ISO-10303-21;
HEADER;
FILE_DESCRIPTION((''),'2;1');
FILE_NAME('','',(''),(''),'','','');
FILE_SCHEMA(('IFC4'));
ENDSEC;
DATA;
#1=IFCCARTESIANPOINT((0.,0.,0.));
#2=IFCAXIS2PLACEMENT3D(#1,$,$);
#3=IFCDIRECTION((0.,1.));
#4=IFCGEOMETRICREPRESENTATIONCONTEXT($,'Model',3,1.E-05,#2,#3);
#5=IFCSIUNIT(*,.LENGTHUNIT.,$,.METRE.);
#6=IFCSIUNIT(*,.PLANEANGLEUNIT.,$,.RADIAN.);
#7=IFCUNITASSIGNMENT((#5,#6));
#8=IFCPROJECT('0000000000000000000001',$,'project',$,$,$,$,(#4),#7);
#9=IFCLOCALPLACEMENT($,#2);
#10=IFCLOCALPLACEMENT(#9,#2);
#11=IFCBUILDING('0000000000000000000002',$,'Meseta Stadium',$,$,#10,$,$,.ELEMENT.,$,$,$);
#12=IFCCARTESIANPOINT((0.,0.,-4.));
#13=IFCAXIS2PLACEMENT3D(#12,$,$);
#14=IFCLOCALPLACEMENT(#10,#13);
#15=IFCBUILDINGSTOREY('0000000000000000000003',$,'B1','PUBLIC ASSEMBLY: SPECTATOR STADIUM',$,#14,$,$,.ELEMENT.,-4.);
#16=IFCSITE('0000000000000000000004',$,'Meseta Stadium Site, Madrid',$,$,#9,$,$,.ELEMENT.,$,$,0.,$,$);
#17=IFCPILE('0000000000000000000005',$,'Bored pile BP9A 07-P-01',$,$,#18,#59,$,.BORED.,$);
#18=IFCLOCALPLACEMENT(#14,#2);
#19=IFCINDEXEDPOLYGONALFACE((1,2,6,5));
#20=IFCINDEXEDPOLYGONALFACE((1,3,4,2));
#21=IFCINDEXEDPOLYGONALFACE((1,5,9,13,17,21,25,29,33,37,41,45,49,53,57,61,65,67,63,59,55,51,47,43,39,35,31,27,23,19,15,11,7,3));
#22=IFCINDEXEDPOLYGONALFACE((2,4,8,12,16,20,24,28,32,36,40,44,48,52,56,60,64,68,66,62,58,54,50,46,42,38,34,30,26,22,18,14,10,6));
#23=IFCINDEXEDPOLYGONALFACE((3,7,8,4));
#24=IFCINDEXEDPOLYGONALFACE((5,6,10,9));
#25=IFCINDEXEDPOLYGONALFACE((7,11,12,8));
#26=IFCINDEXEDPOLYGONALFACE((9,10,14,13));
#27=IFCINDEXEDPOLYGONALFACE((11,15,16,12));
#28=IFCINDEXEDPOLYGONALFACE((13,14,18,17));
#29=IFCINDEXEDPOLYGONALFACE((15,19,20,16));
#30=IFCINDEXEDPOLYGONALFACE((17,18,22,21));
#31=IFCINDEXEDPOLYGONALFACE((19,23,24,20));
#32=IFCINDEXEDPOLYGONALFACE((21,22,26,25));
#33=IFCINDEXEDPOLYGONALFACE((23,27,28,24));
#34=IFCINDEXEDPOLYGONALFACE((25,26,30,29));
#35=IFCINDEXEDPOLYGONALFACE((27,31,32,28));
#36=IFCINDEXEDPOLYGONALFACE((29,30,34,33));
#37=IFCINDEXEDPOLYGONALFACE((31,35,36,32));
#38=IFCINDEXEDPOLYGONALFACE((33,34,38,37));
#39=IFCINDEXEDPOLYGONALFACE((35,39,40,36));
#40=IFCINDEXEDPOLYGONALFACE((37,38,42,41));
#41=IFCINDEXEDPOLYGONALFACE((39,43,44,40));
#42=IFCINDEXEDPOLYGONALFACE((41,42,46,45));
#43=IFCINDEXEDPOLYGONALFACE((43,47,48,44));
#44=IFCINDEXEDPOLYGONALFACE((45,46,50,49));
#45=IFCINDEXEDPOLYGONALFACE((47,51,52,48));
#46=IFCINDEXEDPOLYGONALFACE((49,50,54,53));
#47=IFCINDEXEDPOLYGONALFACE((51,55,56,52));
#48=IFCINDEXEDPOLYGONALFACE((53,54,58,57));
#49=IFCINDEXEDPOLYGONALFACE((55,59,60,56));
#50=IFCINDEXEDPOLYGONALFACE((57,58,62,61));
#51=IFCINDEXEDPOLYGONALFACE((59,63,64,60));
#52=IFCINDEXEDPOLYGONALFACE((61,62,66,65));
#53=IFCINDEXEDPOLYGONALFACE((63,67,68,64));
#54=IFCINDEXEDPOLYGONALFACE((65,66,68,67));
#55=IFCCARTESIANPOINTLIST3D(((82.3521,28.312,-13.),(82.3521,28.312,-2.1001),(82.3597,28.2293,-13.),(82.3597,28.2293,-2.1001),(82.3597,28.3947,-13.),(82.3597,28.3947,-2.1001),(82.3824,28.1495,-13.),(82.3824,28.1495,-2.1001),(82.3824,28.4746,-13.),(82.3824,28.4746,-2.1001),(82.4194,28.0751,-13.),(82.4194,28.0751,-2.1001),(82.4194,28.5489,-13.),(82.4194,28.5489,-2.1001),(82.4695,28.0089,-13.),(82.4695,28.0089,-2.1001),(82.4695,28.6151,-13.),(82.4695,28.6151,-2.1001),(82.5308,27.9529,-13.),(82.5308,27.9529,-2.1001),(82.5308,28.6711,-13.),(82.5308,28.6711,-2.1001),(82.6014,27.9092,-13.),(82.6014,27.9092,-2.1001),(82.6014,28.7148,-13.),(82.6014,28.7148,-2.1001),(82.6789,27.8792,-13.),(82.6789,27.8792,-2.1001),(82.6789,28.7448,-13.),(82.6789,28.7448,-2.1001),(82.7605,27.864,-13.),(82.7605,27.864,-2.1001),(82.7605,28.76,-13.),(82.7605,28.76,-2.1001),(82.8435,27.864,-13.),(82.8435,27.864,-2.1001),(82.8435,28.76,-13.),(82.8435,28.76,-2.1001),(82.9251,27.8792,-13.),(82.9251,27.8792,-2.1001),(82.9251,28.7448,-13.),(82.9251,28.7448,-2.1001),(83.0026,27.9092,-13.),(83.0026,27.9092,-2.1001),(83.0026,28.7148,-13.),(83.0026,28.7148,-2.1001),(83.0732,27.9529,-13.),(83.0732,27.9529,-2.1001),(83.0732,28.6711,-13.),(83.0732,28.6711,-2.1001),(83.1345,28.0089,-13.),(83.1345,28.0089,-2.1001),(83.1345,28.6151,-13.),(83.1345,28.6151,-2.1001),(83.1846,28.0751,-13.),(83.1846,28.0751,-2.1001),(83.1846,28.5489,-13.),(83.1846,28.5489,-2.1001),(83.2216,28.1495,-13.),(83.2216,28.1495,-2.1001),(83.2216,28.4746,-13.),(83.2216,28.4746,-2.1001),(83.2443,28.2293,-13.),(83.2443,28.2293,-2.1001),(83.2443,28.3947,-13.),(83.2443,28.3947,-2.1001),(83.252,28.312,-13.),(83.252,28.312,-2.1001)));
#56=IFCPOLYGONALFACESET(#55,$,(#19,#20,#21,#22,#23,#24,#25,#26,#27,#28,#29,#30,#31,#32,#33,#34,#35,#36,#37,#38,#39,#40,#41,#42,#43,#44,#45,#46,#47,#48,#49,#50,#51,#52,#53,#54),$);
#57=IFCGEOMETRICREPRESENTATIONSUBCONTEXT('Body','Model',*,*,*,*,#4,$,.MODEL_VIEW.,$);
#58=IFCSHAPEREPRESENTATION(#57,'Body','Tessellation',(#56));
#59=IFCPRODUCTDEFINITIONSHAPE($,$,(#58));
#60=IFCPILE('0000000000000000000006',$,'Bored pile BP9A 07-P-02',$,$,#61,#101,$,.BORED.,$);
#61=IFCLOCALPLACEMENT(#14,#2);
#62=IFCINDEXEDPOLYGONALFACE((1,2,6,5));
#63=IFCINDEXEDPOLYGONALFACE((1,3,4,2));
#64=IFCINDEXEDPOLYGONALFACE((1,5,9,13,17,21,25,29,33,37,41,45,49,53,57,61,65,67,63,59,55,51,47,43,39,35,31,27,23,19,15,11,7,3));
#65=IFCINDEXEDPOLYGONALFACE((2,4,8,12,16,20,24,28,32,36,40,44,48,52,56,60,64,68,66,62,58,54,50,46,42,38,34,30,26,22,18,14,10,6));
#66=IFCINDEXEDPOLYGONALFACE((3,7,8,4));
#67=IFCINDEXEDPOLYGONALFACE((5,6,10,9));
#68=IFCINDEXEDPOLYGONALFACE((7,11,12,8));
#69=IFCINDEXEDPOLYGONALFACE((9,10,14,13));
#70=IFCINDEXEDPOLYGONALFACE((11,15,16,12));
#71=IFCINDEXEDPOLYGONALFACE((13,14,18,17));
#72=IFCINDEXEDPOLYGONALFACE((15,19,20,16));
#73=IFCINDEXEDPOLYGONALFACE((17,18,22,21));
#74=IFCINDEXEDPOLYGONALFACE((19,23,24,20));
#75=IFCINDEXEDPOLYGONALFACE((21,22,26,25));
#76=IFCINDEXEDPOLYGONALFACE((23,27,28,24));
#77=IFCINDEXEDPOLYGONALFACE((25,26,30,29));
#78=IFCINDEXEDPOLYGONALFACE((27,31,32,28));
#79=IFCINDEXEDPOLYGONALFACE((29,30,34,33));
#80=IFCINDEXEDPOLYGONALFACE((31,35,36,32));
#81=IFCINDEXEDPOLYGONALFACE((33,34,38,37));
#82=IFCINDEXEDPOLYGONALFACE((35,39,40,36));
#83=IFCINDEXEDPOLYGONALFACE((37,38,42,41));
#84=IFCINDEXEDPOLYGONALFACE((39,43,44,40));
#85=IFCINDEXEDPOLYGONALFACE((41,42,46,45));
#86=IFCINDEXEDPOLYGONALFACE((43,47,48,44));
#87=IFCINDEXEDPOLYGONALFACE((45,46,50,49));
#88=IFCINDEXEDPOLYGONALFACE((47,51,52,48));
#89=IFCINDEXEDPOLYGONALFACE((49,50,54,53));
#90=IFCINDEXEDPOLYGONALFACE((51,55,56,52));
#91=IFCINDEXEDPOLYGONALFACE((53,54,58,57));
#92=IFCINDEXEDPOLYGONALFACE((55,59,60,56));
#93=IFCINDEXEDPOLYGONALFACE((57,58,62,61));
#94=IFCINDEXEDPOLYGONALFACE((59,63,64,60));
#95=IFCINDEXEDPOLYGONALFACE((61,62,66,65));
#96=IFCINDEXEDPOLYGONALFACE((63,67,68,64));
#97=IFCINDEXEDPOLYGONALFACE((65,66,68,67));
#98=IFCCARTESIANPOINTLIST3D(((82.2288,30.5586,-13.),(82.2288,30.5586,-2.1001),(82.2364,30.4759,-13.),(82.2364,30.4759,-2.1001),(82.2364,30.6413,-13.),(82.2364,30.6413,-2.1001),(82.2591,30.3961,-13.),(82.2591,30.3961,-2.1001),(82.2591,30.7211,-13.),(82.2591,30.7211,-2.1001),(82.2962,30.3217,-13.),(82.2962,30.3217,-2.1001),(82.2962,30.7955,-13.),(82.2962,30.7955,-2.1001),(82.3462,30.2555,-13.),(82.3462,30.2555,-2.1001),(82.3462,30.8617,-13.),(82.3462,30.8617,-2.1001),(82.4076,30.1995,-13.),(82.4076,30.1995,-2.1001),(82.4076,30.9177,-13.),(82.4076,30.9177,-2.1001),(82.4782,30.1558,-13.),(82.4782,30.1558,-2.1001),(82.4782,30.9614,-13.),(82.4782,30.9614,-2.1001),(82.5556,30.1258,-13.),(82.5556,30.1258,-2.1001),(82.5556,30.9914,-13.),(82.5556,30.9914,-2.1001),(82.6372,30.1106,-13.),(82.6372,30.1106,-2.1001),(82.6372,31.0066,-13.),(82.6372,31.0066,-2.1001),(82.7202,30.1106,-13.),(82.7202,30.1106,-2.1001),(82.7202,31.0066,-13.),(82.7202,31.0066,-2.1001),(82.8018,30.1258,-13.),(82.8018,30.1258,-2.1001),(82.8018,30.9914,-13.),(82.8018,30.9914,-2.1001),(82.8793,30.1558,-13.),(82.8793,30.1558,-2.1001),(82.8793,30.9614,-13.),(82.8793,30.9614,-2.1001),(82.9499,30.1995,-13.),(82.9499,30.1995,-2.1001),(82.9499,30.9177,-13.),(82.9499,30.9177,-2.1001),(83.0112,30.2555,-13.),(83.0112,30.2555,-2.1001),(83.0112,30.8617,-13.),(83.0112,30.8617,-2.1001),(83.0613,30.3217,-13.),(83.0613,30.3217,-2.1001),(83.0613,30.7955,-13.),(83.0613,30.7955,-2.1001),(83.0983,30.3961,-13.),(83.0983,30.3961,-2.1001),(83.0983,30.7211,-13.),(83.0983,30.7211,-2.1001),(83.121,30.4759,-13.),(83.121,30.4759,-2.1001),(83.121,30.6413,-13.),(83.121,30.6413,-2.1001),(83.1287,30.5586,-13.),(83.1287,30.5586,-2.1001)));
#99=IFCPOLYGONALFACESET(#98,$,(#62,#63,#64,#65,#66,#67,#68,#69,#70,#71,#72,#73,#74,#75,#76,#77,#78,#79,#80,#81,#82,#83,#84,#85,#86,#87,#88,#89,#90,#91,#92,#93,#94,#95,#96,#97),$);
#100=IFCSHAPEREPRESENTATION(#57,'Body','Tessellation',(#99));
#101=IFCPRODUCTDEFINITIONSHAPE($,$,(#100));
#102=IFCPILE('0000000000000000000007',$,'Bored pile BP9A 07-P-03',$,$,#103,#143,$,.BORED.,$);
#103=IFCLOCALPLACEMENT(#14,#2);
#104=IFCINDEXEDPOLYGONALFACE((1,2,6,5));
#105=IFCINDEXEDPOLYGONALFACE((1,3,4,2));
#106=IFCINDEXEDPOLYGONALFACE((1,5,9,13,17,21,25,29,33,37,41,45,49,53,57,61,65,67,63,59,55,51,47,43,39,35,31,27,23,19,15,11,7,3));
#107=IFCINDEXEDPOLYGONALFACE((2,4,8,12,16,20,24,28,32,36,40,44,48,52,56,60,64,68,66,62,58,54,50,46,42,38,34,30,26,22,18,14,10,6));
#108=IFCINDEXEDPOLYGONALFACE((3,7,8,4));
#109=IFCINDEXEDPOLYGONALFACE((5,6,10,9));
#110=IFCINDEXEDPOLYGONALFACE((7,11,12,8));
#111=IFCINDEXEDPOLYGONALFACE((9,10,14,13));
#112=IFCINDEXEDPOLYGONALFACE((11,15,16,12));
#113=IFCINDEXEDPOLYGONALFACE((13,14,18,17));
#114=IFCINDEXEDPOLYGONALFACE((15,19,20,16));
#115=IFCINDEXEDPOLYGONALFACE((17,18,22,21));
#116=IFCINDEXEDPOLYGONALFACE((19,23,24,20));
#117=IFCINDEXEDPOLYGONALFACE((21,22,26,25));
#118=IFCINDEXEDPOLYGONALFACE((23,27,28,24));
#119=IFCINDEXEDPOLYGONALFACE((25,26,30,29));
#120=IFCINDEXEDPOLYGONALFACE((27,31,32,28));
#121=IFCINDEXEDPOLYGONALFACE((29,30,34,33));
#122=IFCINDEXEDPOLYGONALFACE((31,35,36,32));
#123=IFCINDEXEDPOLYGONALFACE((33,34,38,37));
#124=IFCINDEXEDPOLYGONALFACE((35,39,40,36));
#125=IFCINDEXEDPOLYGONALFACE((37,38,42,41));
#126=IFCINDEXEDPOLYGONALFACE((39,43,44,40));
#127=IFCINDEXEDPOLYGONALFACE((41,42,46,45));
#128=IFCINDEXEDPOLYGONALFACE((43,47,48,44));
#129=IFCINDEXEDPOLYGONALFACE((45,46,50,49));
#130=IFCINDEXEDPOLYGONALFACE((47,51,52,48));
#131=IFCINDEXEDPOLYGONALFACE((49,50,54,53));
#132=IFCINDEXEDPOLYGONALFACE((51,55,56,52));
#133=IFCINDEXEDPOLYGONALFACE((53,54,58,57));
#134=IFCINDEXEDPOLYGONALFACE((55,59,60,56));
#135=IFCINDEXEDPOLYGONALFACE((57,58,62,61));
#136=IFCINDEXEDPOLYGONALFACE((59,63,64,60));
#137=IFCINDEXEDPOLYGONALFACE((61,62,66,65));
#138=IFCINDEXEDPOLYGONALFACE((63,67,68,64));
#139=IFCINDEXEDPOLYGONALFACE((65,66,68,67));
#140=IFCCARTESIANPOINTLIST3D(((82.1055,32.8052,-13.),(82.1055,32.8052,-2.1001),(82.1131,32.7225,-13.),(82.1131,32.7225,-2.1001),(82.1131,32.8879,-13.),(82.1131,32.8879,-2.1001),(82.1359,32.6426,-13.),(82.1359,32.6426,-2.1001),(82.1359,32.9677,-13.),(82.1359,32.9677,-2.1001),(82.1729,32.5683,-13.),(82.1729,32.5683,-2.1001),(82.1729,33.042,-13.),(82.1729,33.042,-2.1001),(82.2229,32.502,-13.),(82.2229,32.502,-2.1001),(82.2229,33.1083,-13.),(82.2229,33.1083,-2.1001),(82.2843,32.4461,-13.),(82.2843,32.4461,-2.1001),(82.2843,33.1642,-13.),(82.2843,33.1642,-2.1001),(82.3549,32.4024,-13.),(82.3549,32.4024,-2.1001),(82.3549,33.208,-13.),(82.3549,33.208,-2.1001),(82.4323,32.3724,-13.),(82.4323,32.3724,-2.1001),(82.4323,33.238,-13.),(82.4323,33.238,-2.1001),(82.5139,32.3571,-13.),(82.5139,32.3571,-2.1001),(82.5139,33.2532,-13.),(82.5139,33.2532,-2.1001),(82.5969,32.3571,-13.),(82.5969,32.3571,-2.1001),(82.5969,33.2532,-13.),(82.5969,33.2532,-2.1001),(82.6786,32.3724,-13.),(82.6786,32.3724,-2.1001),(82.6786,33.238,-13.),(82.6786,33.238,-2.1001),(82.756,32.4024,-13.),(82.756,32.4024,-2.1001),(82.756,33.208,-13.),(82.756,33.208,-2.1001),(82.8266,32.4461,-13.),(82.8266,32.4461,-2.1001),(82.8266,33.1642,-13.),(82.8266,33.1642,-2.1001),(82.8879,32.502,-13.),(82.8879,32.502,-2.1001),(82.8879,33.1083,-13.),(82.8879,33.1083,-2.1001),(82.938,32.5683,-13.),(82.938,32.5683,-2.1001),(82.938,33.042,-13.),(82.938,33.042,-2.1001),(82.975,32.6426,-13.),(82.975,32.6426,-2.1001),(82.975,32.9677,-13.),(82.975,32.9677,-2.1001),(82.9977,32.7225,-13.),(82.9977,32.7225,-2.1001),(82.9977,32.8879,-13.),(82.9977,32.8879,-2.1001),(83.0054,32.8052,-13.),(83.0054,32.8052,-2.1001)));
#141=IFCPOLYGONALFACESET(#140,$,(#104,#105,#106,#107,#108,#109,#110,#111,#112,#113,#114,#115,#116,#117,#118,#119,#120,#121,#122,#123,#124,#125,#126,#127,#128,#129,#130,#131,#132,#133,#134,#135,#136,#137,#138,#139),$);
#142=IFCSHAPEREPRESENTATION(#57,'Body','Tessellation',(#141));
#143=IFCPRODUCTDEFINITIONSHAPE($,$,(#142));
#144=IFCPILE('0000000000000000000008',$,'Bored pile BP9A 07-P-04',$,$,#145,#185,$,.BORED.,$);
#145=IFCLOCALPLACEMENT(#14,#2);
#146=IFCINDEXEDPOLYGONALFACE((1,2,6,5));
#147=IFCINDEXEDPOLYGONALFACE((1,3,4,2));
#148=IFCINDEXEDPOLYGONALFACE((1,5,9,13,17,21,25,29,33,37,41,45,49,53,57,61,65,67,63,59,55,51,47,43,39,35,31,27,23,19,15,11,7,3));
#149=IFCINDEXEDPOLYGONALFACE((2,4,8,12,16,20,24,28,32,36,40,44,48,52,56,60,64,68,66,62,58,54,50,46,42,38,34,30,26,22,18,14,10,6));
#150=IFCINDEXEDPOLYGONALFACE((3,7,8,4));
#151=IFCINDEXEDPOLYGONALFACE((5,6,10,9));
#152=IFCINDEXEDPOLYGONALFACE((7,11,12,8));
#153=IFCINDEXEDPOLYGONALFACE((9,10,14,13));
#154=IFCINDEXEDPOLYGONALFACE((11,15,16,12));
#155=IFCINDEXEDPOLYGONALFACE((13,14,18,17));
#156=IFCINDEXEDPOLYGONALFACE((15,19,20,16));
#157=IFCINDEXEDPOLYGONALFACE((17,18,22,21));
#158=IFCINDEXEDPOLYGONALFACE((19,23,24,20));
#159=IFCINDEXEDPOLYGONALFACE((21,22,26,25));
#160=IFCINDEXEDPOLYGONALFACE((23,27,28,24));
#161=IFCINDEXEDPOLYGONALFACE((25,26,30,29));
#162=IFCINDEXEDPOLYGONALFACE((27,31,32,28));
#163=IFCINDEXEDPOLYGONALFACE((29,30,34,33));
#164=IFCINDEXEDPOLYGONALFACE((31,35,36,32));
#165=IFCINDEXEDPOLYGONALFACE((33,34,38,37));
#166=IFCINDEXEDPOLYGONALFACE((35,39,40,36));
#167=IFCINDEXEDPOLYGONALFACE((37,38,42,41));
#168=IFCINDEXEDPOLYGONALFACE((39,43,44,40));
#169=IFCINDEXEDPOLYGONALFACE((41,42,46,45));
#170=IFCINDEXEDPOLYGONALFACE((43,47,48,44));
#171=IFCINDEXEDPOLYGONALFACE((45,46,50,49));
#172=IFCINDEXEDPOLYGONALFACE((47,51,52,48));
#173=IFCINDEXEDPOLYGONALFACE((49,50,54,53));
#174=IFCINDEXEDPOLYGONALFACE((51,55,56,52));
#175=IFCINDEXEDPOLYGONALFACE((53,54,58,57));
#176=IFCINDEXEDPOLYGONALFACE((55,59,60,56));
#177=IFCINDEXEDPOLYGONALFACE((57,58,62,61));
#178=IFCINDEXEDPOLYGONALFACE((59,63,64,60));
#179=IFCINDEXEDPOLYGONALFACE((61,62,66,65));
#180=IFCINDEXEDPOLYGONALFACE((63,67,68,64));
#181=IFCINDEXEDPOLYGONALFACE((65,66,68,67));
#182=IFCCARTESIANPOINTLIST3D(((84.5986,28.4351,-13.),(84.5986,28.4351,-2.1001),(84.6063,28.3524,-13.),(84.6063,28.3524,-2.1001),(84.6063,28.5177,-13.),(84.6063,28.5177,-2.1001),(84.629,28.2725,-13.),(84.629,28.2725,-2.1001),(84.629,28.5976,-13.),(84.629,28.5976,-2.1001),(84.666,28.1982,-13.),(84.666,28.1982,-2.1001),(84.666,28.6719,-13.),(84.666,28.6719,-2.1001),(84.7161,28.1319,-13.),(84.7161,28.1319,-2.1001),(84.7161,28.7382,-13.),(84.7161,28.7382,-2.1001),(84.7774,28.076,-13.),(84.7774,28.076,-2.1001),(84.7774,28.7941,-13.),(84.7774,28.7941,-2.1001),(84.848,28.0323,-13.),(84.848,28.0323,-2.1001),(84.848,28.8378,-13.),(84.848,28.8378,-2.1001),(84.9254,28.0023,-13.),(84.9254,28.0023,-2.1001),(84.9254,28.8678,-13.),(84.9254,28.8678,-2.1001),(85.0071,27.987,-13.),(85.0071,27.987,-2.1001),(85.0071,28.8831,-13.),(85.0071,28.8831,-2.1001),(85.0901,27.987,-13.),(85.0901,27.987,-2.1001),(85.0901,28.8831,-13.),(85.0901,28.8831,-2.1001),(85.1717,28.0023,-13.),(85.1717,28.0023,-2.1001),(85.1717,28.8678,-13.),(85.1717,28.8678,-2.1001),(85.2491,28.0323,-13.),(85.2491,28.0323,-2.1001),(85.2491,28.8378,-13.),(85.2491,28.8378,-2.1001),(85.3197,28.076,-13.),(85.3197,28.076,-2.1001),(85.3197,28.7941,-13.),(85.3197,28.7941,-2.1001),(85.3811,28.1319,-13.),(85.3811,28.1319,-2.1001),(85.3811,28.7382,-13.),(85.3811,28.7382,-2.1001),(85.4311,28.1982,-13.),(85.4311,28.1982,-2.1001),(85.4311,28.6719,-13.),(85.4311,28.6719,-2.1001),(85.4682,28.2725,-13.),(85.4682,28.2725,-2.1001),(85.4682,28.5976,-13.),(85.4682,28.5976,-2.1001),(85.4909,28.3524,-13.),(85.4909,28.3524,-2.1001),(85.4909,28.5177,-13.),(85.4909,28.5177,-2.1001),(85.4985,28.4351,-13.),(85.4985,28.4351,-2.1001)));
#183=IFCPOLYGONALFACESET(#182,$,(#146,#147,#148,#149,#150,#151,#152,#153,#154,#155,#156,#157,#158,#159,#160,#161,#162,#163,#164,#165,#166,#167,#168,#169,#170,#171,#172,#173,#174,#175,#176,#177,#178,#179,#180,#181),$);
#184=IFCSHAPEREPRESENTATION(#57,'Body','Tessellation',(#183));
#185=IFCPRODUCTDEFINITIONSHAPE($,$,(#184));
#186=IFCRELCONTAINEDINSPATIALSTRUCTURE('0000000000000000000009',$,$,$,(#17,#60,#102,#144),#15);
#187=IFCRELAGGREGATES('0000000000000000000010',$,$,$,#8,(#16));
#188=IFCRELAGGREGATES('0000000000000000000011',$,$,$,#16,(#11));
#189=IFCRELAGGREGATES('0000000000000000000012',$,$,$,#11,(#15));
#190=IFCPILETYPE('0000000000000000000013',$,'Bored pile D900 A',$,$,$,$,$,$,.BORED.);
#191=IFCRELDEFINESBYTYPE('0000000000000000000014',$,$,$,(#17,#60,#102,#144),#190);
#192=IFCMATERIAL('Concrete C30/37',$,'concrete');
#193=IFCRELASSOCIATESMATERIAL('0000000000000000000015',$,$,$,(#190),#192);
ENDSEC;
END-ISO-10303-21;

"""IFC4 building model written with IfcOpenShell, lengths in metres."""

from ifc_helpers import new_model, si_unit, direction, frame, origin, origin_2d, place, context, subcontext, project, spatial, circle, extrude, material, material_profile, profile_set, type_object, element, save


model = new_model("IFC4")

# Units and contexts
model_context = context("Model", 3, precision=1e-05, world=origin(), true_north=direction((0.0, 1.0)))
body_context = subcontext(model_context, "Body", "Model", "MODEL_VIEW")
ifc_project = project(units=[si_unit("LENGTHUNIT", "METRE"), si_unit("PLANEANGLEUNIT", "RADIAN")], contexts=[model_context])

# Site, building, storey
site_placement = place(None, origin())
site = spatial("IfcSite", under=ifc_project, at=site_placement, Name="Meseta Stadium Site, Madrid", CompositionType="ELEMENT", RefElevation=0.0)
building_placement = place(site_placement, origin())
building = spatial("IfcBuilding", under=site, at=building_placement, Name="Meseta Stadium", CompositionType="ELEMENT")
storey_placement = place(building_placement, frame((0.0, 0.0, -4.0)))
storey = spatial("IfcBuildingStorey", under=building, at=storey_placement, Name="B1", Description="PUBLIC ASSEMBLY: SPECTATOR STADIUM", CompositionType="ELEMENT", Elevation=-4.0)

# Piles
ifc_material_1 = material(Name="Concrete C30/37", Category="concrete")
ifc_material_profile_1 = material_profile(ifc_material_1, circle(Radius=0.45, at=origin_2d()), Name="D900")
ifc_profile_set_1 = profile_set([ifc_material_profile_1], Name="Concrete C30/37")
pile_type = type_object("IfcPileType", Name="Bored pile D900 A", PredefinedType="BORED", material=ifc_profile_set_1)
for number, where, z_axis, x_axis, name in (
    (1, (82.802, 28.312, -2.1001), (0.0, 0.0, -1.0), (1.0, 0.0, 0.0), "Bored pile BP9A 07-P-01"),
    (2, (82.6787, 30.5586, -2.1001), (0.0, 0.0, -1.0), (1.0, 0.0, 0.0), "Bored pile BP9A 07-P-02"),
    (3, (82.5554, 32.8052, -2.1001), (0.0, 0.0, -1.0), (1.0, 0.0, 0.0), "Bored pile BP9A 07-P-03"),
    (4, (85.0486, 28.4351, -2.1001), (0.0, 0.0, -1.0), (1.0, 0.0, 0.0), "Bored pile BP9A 07-P-04"),
):
    element("IfcPile", number, at=place(storey_placement, frame(where, z_axis=z_axis, x_axis=x_axis)), inside=storey, type_object=pile_type, Name=name, PredefinedType="BORED", context=body_context, shape_type="SweptSolid", body=[
        extrude(circle(Radius=0.45, at=origin_2d()), origin(), (0.0, 0.0, 1.0), 10.8999),
    ])

save(model, "model.ifc")
